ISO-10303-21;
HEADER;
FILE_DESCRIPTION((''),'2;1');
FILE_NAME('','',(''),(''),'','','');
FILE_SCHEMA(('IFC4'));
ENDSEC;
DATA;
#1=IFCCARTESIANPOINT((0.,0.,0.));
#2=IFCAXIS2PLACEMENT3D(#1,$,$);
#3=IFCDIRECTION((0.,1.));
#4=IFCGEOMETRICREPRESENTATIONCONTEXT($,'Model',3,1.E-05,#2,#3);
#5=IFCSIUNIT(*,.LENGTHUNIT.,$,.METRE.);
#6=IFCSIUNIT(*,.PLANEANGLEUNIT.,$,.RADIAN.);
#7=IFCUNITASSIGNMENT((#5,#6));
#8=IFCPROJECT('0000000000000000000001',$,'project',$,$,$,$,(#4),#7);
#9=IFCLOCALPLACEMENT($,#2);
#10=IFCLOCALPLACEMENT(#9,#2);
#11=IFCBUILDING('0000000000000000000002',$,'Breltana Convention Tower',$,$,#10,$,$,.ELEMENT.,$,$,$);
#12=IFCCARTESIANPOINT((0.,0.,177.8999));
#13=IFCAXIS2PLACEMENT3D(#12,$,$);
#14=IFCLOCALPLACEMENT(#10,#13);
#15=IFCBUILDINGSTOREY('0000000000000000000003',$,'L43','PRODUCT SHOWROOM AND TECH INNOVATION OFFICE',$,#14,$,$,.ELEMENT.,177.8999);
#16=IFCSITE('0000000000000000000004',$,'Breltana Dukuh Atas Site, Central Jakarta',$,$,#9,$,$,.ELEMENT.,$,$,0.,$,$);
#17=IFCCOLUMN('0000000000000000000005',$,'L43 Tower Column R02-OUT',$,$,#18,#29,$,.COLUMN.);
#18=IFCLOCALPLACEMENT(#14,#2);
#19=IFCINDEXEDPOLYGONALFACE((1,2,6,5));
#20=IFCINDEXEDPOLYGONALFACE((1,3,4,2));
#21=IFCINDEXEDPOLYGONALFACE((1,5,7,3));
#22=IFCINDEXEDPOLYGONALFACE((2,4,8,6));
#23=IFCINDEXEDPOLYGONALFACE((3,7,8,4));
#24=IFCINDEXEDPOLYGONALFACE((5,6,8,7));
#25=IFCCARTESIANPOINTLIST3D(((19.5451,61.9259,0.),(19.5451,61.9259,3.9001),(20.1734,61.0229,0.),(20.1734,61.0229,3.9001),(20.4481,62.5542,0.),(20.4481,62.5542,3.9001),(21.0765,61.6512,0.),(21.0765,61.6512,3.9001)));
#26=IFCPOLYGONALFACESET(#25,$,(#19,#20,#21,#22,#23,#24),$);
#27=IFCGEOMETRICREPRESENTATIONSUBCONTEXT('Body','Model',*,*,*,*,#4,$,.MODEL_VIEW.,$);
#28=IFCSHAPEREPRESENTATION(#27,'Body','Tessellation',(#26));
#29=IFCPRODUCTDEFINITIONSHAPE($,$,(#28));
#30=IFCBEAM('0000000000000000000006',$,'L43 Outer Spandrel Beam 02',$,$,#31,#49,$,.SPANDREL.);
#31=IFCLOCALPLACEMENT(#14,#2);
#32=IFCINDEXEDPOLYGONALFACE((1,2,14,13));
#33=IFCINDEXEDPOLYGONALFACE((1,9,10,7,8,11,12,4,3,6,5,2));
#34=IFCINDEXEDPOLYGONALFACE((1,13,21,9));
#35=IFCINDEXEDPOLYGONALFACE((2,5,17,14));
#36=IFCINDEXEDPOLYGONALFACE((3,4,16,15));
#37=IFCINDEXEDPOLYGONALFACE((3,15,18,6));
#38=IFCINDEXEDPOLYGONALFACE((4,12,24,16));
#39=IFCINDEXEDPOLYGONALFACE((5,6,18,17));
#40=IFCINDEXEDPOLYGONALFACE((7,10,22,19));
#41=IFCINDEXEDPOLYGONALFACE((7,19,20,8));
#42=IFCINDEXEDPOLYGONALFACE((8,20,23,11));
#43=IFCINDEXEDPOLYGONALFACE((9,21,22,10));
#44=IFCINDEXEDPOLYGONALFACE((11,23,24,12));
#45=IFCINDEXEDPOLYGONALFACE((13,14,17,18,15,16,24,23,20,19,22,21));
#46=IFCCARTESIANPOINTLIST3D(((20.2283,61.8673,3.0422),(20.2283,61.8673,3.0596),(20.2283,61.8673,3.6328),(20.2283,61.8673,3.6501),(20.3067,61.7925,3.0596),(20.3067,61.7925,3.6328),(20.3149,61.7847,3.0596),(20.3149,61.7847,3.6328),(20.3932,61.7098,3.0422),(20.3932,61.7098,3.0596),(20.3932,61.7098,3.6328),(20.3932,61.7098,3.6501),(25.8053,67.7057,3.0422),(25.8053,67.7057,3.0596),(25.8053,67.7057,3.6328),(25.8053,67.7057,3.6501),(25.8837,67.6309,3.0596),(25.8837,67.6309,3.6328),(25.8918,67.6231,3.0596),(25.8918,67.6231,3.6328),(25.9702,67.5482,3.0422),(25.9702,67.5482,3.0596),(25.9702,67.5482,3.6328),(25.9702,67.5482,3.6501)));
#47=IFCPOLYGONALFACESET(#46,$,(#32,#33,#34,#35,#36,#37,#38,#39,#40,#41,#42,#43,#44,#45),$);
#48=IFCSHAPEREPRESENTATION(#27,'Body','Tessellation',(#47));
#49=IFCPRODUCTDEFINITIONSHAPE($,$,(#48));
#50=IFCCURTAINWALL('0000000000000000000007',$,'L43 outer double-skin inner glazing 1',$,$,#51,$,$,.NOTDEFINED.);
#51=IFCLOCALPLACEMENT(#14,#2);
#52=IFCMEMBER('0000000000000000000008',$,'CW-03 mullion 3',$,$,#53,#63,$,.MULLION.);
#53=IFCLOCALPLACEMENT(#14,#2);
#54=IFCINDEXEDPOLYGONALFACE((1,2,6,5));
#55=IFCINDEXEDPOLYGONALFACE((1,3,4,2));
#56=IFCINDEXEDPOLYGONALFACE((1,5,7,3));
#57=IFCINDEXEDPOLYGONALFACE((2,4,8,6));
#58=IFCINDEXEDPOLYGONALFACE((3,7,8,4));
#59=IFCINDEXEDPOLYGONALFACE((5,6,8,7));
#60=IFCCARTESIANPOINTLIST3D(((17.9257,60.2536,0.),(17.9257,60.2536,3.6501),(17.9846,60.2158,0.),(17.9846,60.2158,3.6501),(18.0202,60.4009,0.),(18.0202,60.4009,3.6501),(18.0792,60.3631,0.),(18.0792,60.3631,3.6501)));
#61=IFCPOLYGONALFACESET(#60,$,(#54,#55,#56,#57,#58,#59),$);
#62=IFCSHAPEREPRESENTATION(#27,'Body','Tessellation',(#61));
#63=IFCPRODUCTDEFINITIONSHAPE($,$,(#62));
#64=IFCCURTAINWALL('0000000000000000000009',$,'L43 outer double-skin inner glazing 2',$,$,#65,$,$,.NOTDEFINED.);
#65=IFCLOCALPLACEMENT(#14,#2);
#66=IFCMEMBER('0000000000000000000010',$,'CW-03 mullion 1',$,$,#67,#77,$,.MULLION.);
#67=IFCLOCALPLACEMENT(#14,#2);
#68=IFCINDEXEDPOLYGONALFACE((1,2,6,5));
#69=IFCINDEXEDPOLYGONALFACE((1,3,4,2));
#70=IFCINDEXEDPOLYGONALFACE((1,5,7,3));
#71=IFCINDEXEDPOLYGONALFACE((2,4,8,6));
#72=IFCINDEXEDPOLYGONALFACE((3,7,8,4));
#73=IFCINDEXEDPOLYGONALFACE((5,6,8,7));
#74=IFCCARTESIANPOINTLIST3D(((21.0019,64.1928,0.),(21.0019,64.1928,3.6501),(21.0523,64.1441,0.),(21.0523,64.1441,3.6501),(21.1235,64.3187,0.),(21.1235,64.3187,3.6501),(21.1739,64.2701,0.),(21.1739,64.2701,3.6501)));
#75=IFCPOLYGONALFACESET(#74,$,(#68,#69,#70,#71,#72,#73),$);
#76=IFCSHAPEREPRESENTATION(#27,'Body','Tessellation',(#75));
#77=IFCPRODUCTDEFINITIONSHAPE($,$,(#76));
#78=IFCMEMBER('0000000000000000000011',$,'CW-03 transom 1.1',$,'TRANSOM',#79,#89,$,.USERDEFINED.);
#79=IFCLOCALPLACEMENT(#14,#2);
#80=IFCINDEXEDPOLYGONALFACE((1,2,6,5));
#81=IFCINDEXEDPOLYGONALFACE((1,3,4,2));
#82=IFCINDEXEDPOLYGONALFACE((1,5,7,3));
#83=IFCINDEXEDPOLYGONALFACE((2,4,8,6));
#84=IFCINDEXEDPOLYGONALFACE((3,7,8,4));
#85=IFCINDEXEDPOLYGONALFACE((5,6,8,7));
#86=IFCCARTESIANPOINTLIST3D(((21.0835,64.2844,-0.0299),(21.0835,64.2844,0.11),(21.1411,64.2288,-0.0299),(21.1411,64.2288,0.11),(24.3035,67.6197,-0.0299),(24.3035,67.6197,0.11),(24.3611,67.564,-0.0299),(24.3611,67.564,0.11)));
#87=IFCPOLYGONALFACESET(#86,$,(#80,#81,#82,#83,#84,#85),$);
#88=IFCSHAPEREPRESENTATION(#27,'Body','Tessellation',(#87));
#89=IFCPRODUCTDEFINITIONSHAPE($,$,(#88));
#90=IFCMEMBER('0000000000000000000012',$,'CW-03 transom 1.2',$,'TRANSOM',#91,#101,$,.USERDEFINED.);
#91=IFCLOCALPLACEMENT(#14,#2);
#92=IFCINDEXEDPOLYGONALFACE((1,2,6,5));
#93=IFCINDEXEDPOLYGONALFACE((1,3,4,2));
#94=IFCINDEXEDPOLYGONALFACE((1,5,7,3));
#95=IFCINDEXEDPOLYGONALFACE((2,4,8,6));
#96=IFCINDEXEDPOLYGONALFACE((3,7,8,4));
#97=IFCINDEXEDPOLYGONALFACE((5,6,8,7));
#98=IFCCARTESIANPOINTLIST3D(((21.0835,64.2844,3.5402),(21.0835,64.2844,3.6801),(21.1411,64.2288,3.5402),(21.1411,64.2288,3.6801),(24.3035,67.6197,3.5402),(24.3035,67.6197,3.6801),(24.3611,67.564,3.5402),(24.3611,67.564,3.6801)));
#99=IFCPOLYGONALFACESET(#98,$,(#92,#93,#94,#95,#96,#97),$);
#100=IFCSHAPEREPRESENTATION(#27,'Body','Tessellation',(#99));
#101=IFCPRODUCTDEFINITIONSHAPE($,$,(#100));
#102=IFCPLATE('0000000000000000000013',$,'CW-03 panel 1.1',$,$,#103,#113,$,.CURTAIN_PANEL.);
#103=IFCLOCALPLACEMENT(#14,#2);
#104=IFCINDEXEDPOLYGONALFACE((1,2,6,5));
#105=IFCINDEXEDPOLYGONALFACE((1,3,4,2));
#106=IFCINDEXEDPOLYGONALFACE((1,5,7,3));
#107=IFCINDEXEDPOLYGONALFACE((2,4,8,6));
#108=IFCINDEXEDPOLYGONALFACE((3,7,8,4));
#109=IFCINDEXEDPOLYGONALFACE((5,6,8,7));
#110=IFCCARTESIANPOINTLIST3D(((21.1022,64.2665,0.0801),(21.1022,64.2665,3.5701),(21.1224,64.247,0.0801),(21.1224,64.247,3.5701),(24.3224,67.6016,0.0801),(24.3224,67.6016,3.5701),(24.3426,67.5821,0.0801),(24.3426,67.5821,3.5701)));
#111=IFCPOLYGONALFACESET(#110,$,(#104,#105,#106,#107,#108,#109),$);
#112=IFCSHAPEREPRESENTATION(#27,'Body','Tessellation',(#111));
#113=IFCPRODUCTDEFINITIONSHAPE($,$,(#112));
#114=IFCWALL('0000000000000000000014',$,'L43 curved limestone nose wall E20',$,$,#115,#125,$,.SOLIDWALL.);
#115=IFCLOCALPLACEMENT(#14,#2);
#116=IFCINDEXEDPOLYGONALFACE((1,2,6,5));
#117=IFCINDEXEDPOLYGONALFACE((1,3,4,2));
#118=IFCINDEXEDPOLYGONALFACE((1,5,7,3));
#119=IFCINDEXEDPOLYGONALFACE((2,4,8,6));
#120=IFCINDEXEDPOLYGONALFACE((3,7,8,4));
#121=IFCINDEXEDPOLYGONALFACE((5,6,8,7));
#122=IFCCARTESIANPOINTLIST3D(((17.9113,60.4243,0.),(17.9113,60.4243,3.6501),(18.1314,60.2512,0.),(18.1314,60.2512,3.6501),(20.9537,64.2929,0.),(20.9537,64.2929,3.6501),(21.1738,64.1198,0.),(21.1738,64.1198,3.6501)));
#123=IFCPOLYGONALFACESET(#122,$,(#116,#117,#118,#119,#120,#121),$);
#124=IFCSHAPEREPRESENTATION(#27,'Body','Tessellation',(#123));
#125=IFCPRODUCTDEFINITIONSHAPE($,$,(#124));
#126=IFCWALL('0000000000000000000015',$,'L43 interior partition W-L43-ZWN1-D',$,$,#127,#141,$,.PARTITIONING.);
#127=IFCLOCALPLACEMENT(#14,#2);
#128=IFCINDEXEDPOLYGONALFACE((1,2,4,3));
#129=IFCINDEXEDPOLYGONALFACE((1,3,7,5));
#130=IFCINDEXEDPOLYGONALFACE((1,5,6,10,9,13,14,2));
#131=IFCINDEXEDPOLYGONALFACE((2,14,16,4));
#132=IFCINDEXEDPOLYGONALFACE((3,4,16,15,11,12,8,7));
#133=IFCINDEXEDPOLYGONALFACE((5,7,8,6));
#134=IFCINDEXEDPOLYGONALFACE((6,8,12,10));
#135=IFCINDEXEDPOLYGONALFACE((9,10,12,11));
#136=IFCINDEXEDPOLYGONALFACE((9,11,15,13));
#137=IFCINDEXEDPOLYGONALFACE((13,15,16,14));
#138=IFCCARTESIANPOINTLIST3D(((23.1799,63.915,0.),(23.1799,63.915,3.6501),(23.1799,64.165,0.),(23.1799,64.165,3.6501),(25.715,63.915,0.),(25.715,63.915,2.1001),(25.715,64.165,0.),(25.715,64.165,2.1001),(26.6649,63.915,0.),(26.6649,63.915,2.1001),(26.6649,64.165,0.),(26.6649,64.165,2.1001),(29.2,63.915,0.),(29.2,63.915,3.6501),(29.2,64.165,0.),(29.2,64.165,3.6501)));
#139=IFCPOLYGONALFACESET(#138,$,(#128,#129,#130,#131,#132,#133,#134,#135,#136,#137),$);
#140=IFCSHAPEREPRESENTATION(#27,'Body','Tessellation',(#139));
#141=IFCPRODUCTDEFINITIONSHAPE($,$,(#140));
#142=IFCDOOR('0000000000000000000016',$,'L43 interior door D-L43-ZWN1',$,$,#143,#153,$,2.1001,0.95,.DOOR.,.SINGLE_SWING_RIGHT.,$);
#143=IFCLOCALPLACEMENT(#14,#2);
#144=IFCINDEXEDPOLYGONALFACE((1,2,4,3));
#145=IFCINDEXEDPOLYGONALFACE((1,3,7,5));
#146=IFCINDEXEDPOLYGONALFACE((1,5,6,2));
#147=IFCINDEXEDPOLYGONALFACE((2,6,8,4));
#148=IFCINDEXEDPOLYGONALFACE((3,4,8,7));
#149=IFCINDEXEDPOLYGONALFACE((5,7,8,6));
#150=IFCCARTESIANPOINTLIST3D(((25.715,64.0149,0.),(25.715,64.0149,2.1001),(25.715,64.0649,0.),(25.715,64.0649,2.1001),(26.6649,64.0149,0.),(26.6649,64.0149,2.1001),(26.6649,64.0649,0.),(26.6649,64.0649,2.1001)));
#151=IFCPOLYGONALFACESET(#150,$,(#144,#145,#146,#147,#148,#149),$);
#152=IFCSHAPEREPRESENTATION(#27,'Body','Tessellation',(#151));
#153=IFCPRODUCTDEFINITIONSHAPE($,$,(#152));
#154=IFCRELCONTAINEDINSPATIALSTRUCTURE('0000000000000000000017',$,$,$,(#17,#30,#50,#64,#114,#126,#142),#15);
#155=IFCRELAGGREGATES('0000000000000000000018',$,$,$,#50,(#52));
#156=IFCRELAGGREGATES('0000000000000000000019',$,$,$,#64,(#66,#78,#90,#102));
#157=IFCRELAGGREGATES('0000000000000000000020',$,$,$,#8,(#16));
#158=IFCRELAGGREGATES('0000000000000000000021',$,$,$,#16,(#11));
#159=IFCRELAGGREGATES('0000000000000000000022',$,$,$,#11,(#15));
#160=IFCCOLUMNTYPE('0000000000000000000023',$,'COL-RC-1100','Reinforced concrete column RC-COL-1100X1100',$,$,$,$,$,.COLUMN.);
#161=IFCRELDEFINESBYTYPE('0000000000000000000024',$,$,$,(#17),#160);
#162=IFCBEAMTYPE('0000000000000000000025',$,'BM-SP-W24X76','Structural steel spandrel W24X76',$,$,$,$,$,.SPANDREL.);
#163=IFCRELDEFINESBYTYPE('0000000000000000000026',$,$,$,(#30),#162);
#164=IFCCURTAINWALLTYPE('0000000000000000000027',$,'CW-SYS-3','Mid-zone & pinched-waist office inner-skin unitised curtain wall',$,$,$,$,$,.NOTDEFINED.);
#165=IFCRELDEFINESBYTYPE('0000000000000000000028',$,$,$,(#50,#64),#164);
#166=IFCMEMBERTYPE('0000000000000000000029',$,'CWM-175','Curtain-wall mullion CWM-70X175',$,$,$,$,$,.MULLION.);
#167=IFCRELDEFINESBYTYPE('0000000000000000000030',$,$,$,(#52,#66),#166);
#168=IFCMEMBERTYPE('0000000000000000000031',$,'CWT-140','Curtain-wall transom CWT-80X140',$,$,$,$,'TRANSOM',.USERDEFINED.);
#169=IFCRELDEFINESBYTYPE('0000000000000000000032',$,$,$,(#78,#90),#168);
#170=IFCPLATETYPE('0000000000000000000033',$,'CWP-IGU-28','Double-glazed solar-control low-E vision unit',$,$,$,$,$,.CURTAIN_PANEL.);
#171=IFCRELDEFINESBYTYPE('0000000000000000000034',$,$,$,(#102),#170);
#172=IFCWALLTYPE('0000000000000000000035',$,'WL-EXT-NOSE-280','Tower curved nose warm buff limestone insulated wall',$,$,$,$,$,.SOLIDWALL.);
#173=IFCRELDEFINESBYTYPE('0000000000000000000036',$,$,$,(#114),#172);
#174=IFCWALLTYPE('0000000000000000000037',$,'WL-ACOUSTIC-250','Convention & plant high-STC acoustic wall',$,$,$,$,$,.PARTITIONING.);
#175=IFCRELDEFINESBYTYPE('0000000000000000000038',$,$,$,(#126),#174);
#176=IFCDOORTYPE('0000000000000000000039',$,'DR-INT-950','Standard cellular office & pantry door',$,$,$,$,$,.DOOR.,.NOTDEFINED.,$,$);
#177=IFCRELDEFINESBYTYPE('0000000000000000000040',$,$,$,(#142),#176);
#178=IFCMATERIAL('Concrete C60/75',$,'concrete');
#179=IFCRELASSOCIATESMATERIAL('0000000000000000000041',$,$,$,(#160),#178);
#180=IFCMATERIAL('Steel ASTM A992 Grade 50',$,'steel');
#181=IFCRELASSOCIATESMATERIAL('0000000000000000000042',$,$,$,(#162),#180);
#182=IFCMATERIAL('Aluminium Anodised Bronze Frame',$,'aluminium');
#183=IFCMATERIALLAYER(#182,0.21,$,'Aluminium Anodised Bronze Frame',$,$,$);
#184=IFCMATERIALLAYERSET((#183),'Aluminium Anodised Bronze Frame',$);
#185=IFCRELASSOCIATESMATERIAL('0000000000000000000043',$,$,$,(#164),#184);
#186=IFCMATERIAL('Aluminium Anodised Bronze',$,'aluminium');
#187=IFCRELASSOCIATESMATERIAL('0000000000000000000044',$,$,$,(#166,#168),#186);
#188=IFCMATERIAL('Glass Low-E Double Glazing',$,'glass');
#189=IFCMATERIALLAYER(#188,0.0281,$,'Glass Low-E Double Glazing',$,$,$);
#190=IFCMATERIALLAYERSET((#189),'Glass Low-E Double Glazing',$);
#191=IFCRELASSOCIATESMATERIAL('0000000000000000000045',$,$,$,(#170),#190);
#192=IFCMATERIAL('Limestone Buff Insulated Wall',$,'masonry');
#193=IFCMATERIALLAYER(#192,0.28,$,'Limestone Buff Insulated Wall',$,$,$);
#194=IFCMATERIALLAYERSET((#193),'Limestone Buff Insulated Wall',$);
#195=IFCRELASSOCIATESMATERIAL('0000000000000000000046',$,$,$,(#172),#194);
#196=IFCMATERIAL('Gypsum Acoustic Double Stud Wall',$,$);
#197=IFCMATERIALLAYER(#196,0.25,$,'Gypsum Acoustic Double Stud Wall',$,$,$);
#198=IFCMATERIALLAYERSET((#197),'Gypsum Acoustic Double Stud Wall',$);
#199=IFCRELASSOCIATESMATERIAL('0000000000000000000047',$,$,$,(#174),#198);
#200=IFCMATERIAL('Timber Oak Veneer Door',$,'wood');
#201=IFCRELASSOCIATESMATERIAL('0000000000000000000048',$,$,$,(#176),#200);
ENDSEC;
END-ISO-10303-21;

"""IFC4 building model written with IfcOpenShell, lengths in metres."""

from ifc_helpers import new_model, si_unit, direction, frame, frame_2d, origin, origin_2d, place, context, subcontext, project, spatial, rectangle, i_section, extrude, source, transform, mapped, material, layer, layer_set, material_profile, profile_set, type_object, type_shapes, element, fill, aggregate, save


model = new_model("IFC4")

# Units and contexts
model_context = context("Model", 3, precision=1e-05, world=origin(), true_north=direction((0.0, 1.0)))
body_context = subcontext(model_context, "Body", "Model", "MODEL_VIEW")
ifc_project = project(units=[si_unit("LENGTHUNIT", "METRE"), si_unit("PLANEANGLEUNIT", "RADIAN")], contexts=[model_context])

# Site, building, storey
site_placement = place(None, origin())
site = spatial("IfcSite", under=ifc_project, at=site_placement, Name="Breltana Dukuh Atas Site, Central Jakarta", CompositionType="ELEMENT", RefElevation=0.0)
building_placement = place(site_placement, origin())
building = spatial("IfcBuilding", under=site, at=building_placement, Name="Breltana Convention Tower", CompositionType="ELEMENT")
storey_placement = place(building_placement, frame((0.0, 0.0, 177.8999)))
storey = spatial("IfcBuildingStorey", under=building, at=storey_placement, Name="L43", Description="PRODUCT SHOWROOM AND TECH INNOVATION OFFICE", CompositionType="ELEMENT", Elevation=177.8999)

# Column
ifc_material_1 = material(Name="Concrete C60/75", Category="concrete")
ifc_material_profile_1 = material_profile(ifc_material_1, rectangle(XDim=1.1001, YDim=1.1001, at=origin_2d()), Name="RC-COL-1100X1100")
ifc_profile_set_1 = profile_set([ifc_material_profile_1], Name="Concrete C60/75")
column_type = type_object("IfcColumnType", Name="COL-RC-1100", Description="Reinforced concrete column RC-COL-1100X1100", PredefinedType="COLUMN", material=ifc_profile_set_1)
shared_shape_1 = source(origin(), body_context, "Body", "SweptSolid", [
    extrude(rectangle(XDim=1.1001, YDim=1.1001, at=origin_2d()), origin(), (0.0, 0.0, 1.0), 3.9001),
])
column_placement = place(storey_placement, frame((20.3108, 61.7886, 0.0), z_axis=(0.0, 0.0, 1.0), x_axis=(-0.571143, 0.82085, 0.0)))
element("IfcColumn", 1, at=column_placement, inside=storey, type_object=column_type, Name="L43 Tower Column R02-OUT", PredefinedType="COLUMN", context=body_context, shape_type="MappedRepresentation", body=[
    mapped(shared_shape_1, transform((0.0, 0.0, 0.0), scale=1.0)),
])

# Beam
ifc_material_2 = material(Name="Steel ASTM A992 Grade 50", Category="steel")
ifc_material_profile_2 = material_profile(ifc_material_2, i_section(OverallWidth=0.228, OverallDepth=0.6079, WebThickness=0.0112, FlangeThickness=0.0173, at=origin_2d()), Name="W24X76")
ifc_profile_set_2 = profile_set([ifc_material_profile_2], Name="Steel ASTM A992 Grade 50")
beam_type = type_object("IfcBeamType", Name="BM-SP-W24X76", Description="Structural steel spandrel W24X76", PredefinedType="SPANDREL", material=ifc_profile_set_2)
shared_shape_2 = source(origin(), body_context, "Body", "SweptSolid", [
    extrude(i_section(OverallWidth=0.228, OverallDepth=0.6079, WebThickness=0.0112, FlangeThickness=0.0173, at=origin_2d()), origin(), (0.0, 0.0, 1.0), 8.074),
])
beam_placement = place(storey_placement, frame((20.3108, 61.7886, 3.3462), z_axis=(0.690729, 0.723114, 0.0), x_axis=(-0.723114, 0.690729, 0.0)))
element("IfcBeam", 2, at=beam_placement, inside=storey, type_object=beam_type, Name="L43 Outer Spandrel Beam 02", PredefinedType="SPANDREL", context=body_context, shape_type="MappedRepresentation", body=[
    mapped(shared_shape_2, transform((0.0, 0.0, 0.0), scale=1.0)),
])

# Curtain wall, member
ifc_material_3 = material(Name="Aluminium Anodised Bronze Frame", Category="aluminium")
ifc_layer_1 = layer(ifc_material_3, 0.21, Name="Aluminium Anodised Bronze Frame")
ifc_layer_set_1 = layer_set([ifc_layer_1], Name="Aluminium Anodised Bronze Frame")
curtain_wall_type = type_object("IfcCurtainWallType", Name="CW-SYS-3", Description="Mid-zone & pinched-waist office inner-skin unitised curtain wall", PredefinedType="NOTDEFINED", material=ifc_layer_set_1)
curtain_wall_1_placement = place(storey_placement, origin())
curtain_wall_1 = element("IfcCurtainWall", 3, at=curtain_wall_1_placement, inside=storey, type_object=curtain_wall_type, Name="L43 outer double-skin inner glazing 1", PredefinedType="NOTDEFINED")
ifc_material_4 = material(Name="Aluminium Anodised Bronze", Category="aluminium")
ifc_material_profile_3 = material_profile(ifc_material_4, rectangle(XDim=0.0701, YDim=0.175, at=origin_2d()), Name="CWM-70X175")
ifc_profile_set_3 = profile_set([ifc_material_profile_3], Name="Aluminium Anodised Bronze")
member_type_1 = type_object("IfcMemberType", Name="CWM-175", Description="Curtain-wall mullion CWM-70X175", PredefinedType="MULLION", material=ifc_profile_set_3)
shared_shape_3 = source(origin(), body_context, "Body", "SweptSolid", [
    extrude(rectangle(XDim=0.0701, YDim=0.175, at=origin_2d()), origin(), (0.0, 0.0, 1.0), 3.6501),
])
member_1_placement = place(storey_placement, frame((18.0024, 60.3083, 0.0), z_axis=(0.0, 0.0, 1.0), x_axis=(-0.841554, 0.540173, 0.0)))
member_1 = element("IfcMember", 4, at=member_1_placement, type_object=member_type_1, Name="CW-03 mullion 3", PredefinedType="MULLION", context=body_context, shape_type="MappedRepresentation", body=[
    mapped(shared_shape_3, transform((0.0, 0.0, 0.0), scale=1.0)),
])
aggregate(curtain_wall_1, [member_1])

# Curtain wall, members, plate
curtain_wall_2_placement = place(storey_placement, origin())
curtain_wall_2 = element("IfcCurtainWall", 5, at=curtain_wall_2_placement, inside=storey, type_object=curtain_wall_type, Name="L43 outer double-skin inner glazing 2", PredefinedType="NOTDEFINED")
member_2_placement = place(storey_placement, frame((21.0879, 64.2314, 0.0), z_axis=(0.0, 0.0, 1.0), x_axis=(-0.719394, 0.694603, 0.0)))
member_2 = element("IfcMember", 6, at=member_2_placement, type_object=member_type_1, Name="CW-03 mullion 1", PredefinedType="MULLION", context=body_context, shape_type="MappedRepresentation", body=[
    mapped(shared_shape_3, transform((0.0, 0.0, 0.0), scale=1.0)),
])
ifc_material_profile_4 = material_profile(ifc_material_4, rectangle(XDim=0.0801, YDim=0.1399, at=origin_2d()), Name="CWT-80X140")
ifc_profile_set_4 = profile_set([ifc_material_profile_4], Name="Aluminium Anodised Bronze")
member_type_2 = type_object("IfcMemberType", Name="CWT-140", Description="Curtain-wall transom CWT-80X140", ElementType="TRANSOM", PredefinedType="USERDEFINED", material=ifc_profile_set_4)
shared_shape_4 = source(origin(), body_context, "Body", "SweptSolid", [
    extrude(rectangle(XDim=0.0801, YDim=0.1399, at=origin_2d()), origin(), (0.0, 0.0, 1.0), 4.636),
])
member_3_placement = place(storey_placement, frame((21.1123, 64.2566, 0.04), z_axis=(0.694569, 0.719426, 0.0), x_axis=(-0.719426, 0.694569, 0.0)))
member_3 = element("IfcMember", 7, at=member_3_placement, type_object=member_type_2, Name="CW-03 transom 1.1", ObjectType="TRANSOM", PredefinedType="USERDEFINED", context=body_context, shape_type="MappedRepresentation", body=[
    mapped(shared_shape_4, transform((0.0, 0.0, 0.0), scale=1.0)),
])
member_4_placement = place(storey_placement, frame((21.1123, 64.2566, 3.6101), z_axis=(0.694569, 0.719426, 0.0), x_axis=(-0.719426, 0.694569, 0.0)))
member_4 = element("IfcMember", 8, at=member_4_placement, type_object=member_type_2, Name="CW-03 transom 1.2", ObjectType="TRANSOM", PredefinedType="USERDEFINED", context=body_context, shape_type="MappedRepresentation", body=[
    mapped(shared_shape_4, transform((0.0, 0.0, 0.0), scale=1.0)),
])
ifc_material_5 = material(Name="Glass Low-E Double Glazing", Category="glass")
ifc_layer_2 = layer(ifc_material_5, 0.0281, Name="Glass Low-E Double Glazing")
ifc_layer_set_2 = layer_set([ifc_layer_2], Name="Glass Low-E Double Glazing")
plate_type = type_object("IfcPlateType", Name="CWP-IGU-28", Description="Double-glazed solar-control low-E vision unit", PredefinedType="CURTAIN_PANEL", material=ifc_layer_set_2)
shared_shape_5 = source(origin(), body_context, "Body", "SweptSolid", [
    extrude(rectangle(XDim=4.636, YDim=0.0281, at=origin_2d()), origin(), (0.0, 0.0, 1.0), 3.49),
])
plate_placement = place(storey_placement, frame((22.7224, 65.9243, 0.0801), z_axis=(0.0, 0.0, 1.0), x_axis=(0.694603, 0.719394, 0.0)))
plate = element("IfcPlate", 9, at=plate_placement, type_object=plate_type, Name="CW-03 panel 1.1", PredefinedType="CURTAIN_PANEL", context=body_context, shape_type="MappedRepresentation", body=[
    mapped(shared_shape_5, transform((0.0, 0.0, 0.0), scale=1.0)),
])
aggregate(curtain_wall_2, [member_2, member_3, member_4, plate])

# Wall
ifc_material_6 = material(Name="Limestone Buff Insulated Wall", Category="masonry")
ifc_layer_3 = layer(ifc_material_6, 0.28, Name="Limestone Buff Insulated Wall")
ifc_layer_set_3 = layer_set([ifc_layer_3], Name="Limestone Buff Insulated Wall")
wall_type_1 = type_object("IfcWallType", Name="WL-EXT-NOSE-280", Description="Tower curved nose warm buff limestone insulated wall", PredefinedType="SOLIDWALL", material=ifc_layer_set_3)
shared_shape_6 = source(origin(), body_context, "Body", "SweptSolid", [
    extrude(rectangle(XDim=4.9216, YDim=0.28, at=frame_2d((2.4609, 0.0))), origin(), (0.0, 0.0, 1.0), 3.6501),
])
wall_1_placement = place(storey_placement, frame((18.0212, 60.3376, 0.0), z_axis=(0.0, 0.0, 1.0), x_axis=(0.618176, 0.786039, 0.0)))
element("IfcWall", 10, at=wall_1_placement, inside=storey, type_object=wall_type_1, Name="L43 curved limestone nose wall E20", PredefinedType="SOLIDWALL", context=body_context, shape_type="MappedRepresentation", body=[
    mapped(shared_shape_6, transform((0.0, 0.0, 0.0), scale=1.0)),
])

# Wall, opening, door
ifc_material_7 = material(Name="Gypsum Acoustic Double Stud Wall")
ifc_layer_4 = layer(ifc_material_7, 0.25, Name="Gypsum Acoustic Double Stud Wall")
ifc_layer_set_4 = layer_set([ifc_layer_4], Name="Gypsum Acoustic Double Stud Wall")
wall_type_2 = type_object("IfcWallType", Name="WL-ACOUSTIC-250", Description="Convention & plant high-STC acoustic wall", PredefinedType="PARTITIONING", material=ifc_layer_set_4)
shared_shape_7 = source(origin(), body_context, "Body", "SweptSolid", [
    extrude(rectangle(XDim=6.02, YDim=0.25, at=frame_2d((3.01, 0.0))), origin(), (0.0, 0.0, 1.0), 3.6501),
])
wall_2_placement = place(storey_placement, frame((23.1799, 64.04, 0.0), z_axis=(0.0, 0.0, 1.0), x_axis=(1.0, 0.0, 0.0)))
wall_2 = element("IfcWall", 11, at=wall_2_placement, inside=storey, type_object=wall_type_2, Name="L43 interior partition W-L43-ZWN1-D", PredefinedType="PARTITIONING", context=body_context, shape_type="MappedRepresentation", body=[
    mapped(shared_shape_7, transform((0.0, 0.0, 0.0), scale=1.0)),
])
opening_1_placement = place(wall_2_placement, frame((2.5349, 0.0, 0.0)))
opening_1 = element("IfcOpeningElement", 12, at=opening_1_placement, cuts=wall_2, PredefinedType="OPENING", context=body_context, shape_type="SweptSolid", body=[
    extrude(rectangle(XDim=0.95, YDim=2.1001, at=frame_2d((0.4751, 1.05))), frame((0.0, 0.135, 0.0), z_axis=(0.0, -1.0, 0.0), x_axis=(1.0, 0.0, 0.0)), (0.0, 0.0, 1.0), 0.27),
])
ifc_material_8 = material(Name="Timber Oak Veneer Door", Category="wood")
door_type = type_object("IfcDoorType", Name="DR-INT-950", Description="Standard cellular office & pantry door", OperationType="NOTDEFINED", PredefinedType="DOOR", material=ifc_material_8)
shared_shape_8 = source(origin(), body_context, "Body", "SweptSolid", [
    extrude(rectangle(XDim=0.95, YDim=2.1001, at=frame_2d((0.4751, 1.05))), frame((0.0, 0.0249, 0.0), z_axis=(0.0, -1.0, 0.0), x_axis=(1.0, 0.0, 0.0)), (0.0, 0.0, 1.0), 0.05),
])
type_shapes(door_type, [shared_shape_8])
door_1_placement = place(opening_1_placement, origin())
door_1 = element("IfcDoor", 13, at=door_1_placement, inside=storey, type_object=door_type, Name="L43 interior door D-L43-ZWN1", OperationType="SINGLE_SWING_RIGHT", OverallHeight=2.1001, OverallWidth=0.95, PredefinedType="DOOR", context=body_context, shape_type="MappedRepresentation", body=[
    mapped(shared_shape_8, transform((0.0, 0.0, 0.0), scale=1.0)),
])
fill(opening_1, door_1)

save(model, "model.ifc")
